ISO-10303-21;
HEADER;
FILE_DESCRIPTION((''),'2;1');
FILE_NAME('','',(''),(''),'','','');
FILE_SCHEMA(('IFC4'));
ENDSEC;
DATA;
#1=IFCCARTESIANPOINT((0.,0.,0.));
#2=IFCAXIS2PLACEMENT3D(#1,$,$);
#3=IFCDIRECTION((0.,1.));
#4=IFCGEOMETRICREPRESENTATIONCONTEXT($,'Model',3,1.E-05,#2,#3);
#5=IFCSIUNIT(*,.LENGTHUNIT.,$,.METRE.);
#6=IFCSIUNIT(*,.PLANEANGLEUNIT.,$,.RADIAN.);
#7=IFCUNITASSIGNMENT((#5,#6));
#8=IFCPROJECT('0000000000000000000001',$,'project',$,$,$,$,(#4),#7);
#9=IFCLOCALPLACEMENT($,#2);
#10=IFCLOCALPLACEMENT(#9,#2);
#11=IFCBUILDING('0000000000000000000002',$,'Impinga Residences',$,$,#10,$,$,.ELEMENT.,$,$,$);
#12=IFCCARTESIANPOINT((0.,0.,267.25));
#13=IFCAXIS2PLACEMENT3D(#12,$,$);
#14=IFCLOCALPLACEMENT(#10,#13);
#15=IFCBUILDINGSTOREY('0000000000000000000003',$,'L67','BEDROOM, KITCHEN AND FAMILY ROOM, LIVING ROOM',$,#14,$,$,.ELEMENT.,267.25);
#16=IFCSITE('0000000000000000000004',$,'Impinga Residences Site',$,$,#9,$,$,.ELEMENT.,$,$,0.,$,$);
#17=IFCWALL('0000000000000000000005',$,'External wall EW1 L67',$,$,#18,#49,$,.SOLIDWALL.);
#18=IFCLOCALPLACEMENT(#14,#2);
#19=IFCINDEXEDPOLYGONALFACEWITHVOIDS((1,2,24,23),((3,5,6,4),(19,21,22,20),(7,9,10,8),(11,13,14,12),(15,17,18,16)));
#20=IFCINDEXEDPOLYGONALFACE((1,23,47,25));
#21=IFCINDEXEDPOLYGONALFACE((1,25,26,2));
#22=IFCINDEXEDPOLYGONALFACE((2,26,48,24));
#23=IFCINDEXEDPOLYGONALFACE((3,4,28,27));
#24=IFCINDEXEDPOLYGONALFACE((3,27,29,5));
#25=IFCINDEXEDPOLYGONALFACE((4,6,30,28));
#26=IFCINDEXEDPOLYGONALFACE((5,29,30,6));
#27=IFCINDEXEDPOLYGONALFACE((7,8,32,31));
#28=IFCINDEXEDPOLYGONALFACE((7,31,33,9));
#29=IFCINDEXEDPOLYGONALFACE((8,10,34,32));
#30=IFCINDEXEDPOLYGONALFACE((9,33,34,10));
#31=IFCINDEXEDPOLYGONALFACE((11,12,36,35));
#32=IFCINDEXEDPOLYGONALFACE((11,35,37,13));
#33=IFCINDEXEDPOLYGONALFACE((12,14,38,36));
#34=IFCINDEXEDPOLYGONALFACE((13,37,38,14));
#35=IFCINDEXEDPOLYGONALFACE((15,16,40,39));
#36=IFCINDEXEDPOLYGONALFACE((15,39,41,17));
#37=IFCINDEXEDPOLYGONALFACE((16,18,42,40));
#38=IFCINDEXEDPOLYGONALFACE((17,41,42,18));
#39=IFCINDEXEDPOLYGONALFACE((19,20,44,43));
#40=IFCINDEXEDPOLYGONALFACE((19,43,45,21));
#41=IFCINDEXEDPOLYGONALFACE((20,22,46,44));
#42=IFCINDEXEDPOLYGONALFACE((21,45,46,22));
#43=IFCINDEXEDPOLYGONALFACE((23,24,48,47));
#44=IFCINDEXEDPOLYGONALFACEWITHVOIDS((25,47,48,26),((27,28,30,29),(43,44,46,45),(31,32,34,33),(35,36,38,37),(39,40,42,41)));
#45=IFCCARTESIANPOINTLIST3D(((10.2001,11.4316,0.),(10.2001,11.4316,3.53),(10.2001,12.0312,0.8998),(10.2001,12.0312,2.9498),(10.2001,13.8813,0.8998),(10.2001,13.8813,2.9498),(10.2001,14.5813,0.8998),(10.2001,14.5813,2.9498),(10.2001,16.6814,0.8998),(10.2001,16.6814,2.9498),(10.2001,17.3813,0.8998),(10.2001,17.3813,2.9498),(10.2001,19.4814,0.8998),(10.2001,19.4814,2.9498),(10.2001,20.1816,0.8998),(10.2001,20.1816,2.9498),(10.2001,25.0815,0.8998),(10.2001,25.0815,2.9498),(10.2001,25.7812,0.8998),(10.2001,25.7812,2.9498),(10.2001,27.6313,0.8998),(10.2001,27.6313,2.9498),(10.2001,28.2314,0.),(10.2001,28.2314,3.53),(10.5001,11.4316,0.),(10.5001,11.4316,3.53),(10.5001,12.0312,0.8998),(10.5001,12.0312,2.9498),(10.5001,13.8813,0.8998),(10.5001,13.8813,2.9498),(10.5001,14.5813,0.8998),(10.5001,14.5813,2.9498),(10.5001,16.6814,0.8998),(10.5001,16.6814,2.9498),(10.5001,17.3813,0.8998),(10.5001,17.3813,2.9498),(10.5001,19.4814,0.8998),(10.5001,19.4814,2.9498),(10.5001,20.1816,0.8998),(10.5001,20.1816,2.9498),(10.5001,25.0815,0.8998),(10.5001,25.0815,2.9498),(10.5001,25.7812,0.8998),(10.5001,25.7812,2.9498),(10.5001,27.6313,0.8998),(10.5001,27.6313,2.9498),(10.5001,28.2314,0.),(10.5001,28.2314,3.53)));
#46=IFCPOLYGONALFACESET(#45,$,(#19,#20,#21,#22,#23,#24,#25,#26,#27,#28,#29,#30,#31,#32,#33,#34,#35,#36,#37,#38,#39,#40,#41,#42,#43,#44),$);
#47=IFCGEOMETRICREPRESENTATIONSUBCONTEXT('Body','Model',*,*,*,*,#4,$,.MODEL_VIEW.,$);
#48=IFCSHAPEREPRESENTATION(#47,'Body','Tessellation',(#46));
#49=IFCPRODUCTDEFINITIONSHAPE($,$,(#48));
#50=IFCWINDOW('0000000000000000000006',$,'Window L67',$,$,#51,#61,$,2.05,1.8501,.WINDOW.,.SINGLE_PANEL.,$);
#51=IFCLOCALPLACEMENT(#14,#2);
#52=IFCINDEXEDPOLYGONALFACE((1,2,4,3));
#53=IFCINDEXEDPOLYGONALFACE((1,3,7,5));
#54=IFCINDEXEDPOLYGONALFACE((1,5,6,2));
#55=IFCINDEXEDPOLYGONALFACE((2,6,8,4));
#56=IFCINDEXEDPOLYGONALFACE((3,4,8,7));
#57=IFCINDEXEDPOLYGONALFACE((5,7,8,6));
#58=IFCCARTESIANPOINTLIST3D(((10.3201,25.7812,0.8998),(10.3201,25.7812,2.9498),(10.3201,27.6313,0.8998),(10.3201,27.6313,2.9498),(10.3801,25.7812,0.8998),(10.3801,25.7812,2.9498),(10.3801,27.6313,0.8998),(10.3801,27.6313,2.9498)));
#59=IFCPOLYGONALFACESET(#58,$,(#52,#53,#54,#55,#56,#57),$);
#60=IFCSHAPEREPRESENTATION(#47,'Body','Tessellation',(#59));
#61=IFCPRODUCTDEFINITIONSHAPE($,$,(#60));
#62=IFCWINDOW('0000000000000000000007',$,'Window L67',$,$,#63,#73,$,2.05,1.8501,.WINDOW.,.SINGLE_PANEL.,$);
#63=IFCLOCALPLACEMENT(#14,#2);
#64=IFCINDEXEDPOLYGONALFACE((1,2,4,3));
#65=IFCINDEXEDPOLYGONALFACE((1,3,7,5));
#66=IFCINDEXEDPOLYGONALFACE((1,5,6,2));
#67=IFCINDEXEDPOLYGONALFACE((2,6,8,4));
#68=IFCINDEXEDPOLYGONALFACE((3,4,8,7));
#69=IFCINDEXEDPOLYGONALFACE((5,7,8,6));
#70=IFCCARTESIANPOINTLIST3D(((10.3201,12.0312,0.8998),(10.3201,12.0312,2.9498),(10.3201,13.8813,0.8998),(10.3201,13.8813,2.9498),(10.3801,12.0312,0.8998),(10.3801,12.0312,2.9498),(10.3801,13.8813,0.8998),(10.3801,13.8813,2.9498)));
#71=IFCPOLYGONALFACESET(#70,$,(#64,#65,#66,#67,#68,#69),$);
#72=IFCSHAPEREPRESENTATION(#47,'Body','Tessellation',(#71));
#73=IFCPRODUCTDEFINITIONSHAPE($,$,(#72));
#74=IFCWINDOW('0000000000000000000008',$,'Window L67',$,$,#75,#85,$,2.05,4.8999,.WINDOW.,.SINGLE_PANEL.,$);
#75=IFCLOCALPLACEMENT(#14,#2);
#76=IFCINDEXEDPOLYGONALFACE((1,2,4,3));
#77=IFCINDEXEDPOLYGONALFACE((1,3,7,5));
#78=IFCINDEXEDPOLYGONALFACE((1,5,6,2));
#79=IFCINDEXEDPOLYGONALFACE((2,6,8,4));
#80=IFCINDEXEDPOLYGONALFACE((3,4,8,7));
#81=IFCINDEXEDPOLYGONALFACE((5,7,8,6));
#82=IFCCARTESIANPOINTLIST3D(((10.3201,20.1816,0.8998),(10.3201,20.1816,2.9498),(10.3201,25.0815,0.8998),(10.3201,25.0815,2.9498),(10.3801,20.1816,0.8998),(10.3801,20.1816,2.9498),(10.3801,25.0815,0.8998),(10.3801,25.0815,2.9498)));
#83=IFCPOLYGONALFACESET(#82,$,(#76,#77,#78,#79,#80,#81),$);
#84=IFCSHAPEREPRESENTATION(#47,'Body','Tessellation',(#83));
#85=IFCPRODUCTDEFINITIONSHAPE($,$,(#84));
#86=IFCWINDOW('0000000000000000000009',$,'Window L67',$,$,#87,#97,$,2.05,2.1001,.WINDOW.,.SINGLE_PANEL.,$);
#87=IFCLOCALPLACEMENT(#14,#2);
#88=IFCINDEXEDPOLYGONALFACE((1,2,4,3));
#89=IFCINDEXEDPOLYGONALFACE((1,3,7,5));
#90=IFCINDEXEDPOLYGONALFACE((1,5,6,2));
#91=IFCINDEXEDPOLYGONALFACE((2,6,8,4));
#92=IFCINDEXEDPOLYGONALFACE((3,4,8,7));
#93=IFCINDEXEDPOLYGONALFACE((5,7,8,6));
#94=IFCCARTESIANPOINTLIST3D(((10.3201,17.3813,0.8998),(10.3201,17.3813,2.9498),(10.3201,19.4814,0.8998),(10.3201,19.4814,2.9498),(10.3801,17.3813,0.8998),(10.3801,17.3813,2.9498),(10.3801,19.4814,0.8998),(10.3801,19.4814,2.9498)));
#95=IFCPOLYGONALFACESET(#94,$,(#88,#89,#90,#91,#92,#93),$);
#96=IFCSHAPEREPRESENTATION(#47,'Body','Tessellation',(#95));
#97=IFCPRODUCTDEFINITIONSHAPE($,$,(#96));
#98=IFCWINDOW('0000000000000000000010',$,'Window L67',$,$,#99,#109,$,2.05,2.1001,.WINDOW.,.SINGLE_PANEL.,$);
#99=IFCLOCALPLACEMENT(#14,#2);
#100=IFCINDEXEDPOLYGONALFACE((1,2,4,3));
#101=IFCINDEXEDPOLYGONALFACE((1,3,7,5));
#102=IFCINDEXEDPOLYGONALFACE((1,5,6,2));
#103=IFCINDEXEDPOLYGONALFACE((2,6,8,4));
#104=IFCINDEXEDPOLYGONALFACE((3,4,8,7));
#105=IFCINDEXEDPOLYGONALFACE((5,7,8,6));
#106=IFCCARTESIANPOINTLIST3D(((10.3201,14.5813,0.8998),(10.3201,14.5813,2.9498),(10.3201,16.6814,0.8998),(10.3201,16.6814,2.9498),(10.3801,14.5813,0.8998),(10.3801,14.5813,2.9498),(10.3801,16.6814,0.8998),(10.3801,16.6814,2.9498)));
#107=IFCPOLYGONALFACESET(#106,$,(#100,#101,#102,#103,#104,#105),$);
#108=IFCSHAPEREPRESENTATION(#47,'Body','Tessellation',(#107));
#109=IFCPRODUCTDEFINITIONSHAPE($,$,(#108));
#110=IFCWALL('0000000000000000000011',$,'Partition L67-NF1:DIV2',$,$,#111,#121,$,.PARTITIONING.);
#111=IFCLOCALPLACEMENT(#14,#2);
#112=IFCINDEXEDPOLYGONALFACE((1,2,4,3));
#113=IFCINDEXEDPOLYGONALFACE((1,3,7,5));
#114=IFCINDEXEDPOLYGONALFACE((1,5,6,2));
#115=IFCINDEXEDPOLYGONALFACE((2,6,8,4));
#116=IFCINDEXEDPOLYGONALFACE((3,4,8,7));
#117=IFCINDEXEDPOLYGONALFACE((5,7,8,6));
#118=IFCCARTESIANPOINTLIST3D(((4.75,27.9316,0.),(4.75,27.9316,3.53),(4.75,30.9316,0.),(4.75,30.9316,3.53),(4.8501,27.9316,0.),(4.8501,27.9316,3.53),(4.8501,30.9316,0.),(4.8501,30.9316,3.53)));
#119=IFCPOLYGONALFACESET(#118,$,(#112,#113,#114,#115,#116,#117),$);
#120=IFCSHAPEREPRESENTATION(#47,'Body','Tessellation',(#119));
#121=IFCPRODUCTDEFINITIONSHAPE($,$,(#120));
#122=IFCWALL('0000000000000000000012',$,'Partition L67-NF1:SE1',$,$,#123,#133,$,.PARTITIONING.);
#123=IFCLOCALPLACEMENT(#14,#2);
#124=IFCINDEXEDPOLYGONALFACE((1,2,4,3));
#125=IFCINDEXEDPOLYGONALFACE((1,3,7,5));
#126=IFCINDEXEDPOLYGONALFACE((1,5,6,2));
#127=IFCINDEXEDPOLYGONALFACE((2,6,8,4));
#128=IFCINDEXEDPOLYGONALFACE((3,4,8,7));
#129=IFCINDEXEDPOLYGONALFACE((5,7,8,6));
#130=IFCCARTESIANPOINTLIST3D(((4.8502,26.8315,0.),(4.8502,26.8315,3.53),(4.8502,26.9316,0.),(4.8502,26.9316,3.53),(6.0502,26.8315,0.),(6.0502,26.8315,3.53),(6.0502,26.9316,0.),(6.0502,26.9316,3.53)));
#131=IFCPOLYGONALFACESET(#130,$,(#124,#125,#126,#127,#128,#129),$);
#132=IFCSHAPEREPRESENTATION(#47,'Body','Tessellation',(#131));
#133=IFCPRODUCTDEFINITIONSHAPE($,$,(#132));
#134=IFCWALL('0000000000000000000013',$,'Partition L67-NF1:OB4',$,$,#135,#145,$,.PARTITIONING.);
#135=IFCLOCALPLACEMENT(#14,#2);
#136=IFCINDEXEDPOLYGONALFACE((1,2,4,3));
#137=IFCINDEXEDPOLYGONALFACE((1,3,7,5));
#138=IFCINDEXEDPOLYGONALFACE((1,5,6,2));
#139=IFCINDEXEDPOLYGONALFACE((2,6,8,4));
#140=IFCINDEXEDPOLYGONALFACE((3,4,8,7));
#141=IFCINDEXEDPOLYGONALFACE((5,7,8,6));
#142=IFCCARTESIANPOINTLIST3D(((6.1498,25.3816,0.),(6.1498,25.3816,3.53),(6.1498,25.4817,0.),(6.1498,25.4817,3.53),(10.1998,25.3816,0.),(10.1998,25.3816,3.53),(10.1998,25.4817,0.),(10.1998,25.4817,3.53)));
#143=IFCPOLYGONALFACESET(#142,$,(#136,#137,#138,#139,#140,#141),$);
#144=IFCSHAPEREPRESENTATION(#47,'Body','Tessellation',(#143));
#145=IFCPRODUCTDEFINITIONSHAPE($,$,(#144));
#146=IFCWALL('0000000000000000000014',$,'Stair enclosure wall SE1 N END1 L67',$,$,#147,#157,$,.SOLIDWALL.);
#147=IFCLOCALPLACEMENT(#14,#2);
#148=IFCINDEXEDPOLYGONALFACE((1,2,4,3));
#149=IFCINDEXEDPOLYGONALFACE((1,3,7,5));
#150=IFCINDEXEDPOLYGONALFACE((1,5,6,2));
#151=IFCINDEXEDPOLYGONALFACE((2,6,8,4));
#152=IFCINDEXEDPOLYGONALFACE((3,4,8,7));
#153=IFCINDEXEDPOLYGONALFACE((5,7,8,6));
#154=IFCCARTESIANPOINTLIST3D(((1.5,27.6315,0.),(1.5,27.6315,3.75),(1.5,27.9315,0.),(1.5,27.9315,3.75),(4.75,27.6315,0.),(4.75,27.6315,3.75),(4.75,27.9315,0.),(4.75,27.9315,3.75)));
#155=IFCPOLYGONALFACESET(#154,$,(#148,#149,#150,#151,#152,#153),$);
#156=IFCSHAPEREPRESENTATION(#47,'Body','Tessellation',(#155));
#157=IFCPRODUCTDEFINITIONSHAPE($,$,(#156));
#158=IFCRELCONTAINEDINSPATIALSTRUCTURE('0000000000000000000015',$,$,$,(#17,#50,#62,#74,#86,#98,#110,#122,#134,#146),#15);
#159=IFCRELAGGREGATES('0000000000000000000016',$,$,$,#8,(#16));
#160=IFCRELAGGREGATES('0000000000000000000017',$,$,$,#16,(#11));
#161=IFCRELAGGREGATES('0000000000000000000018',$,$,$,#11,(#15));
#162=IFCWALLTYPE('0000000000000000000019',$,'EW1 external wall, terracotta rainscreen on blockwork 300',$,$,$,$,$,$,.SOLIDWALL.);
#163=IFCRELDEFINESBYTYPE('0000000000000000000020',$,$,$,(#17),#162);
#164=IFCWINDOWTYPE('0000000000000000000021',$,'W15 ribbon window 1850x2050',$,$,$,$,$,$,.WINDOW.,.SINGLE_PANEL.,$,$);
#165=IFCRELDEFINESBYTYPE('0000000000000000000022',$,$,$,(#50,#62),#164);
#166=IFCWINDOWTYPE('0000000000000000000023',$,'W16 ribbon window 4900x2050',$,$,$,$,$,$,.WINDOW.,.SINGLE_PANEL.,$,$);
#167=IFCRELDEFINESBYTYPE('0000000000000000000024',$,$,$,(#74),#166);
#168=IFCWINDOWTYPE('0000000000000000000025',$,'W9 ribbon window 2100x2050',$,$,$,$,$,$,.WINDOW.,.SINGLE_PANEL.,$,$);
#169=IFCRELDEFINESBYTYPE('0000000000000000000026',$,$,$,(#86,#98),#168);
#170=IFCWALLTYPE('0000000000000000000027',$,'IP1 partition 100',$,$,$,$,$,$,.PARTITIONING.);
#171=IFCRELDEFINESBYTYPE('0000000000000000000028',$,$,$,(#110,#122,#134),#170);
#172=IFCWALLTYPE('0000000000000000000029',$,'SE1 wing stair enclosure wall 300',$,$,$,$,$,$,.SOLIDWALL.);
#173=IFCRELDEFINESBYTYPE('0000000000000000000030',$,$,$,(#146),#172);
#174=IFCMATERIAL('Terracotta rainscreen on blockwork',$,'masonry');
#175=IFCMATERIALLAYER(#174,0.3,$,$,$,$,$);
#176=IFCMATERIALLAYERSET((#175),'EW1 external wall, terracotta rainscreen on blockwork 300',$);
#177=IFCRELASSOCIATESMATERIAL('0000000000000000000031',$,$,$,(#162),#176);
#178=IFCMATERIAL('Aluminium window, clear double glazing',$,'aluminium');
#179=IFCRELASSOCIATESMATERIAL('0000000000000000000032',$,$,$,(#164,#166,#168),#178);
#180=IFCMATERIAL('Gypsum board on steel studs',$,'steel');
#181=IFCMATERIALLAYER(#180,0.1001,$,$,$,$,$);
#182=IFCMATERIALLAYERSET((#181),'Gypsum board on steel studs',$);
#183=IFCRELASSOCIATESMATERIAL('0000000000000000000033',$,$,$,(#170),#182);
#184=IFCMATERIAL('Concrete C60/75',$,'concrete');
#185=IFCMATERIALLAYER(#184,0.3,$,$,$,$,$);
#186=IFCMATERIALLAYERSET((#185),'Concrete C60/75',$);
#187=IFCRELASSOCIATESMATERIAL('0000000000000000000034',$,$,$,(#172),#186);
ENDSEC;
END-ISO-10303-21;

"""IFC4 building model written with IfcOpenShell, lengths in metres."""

from ifc_helpers import new_model, si_unit, direction, frame, frame_2d, origin, place, context, subcontext, project, spatial, rectangle, extrude, material, layer, layer_set, type_object, element, fill, save


model = new_model("IFC4")

# Units and contexts
model_context = context("Model", 3, precision=1e-05, world=origin(), true_north=direction((0.0, 1.0)))
body_context = subcontext(model_context, "Body", "Model", "MODEL_VIEW")
ifc_project = project(units=[si_unit("LENGTHUNIT", "METRE"), si_unit("PLANEANGLEUNIT", "RADIAN")], contexts=[model_context])

# Site, building, storey
site_placement = place(None, origin())
site = spatial("IfcSite", under=ifc_project, at=site_placement, Name="Impinga Residences Site", CompositionType="ELEMENT", RefElevation=0.0)
building_placement = place(site_placement, origin())
building = spatial("IfcBuilding", under=site, at=building_placement, Name="Impinga Residences", CompositionType="ELEMENT")
storey_placement = place(building_placement, frame((0.0, 0.0, 267.25)))
storey = spatial("IfcBuildingStorey", under=building, at=storey_placement, Name="L67", Description="BEDROOM, KITCHEN AND FAMILY ROOM, LIVING ROOM", CompositionType="ELEMENT", Elevation=267.25)

# Shared definitions
ifc_material_1 = material(Name="Concrete C60/75", Category="concrete")

# Shared definitions
ifc_material_2 = material(Name="Terracotta rainscreen on blockwork", Category="masonry")
ifc_layer_1 = layer(ifc_material_2, 0.3)
ifc_layer_set_1 = layer_set([ifc_layer_1], Name="EW1 external wall, terracotta rainscreen on blockwork 300")
wall_type_1 = type_object("IfcWallType", Name="EW1 external wall, terracotta rainscreen on blockwork 300", PredefinedType="SOLIDWALL", material=ifc_layer_set_1)

# Wall, openings, windows
wall_1_placement = place(storey_placement, frame((10.3501, 28.2314, 0.0), z_axis=(0.0, 0.0, 1.0), x_axis=(0.0, -1.0, 0.0)))
wall_1 = element("IfcWall", 1, at=wall_1_placement, inside=storey, type_object=wall_type_1, Name="External wall EW1 L67", PredefinedType="SOLIDWALL", context=body_context, shape_type="SweptSolid", body=[
    extrude(rectangle(XDim=16.7998, YDim=0.3, at=frame_2d((8.3999, 0.0))), origin(), (0.0, 0.0, 1.0), 3.53),
])
opening_1_placement = place(wall_1_placement, frame((0.6001, 0.0, 0.8999)))
opening_1 = element("IfcOpeningElement", 2, at=opening_1_placement, cuts=wall_1, PredefinedType="OPENING", context=body_context, shape_type="SweptSolid", body=[
    extrude(rectangle(XDim=1.8501, YDim=2.05, at=frame_2d((0.925, 1.0249))), frame((0.0, 0.1599, 0.0), z_axis=(0.0, -1.0, 0.0), x_axis=(1.0, 0.0, 0.0)), (0.0, 0.0, 1.0), 0.3201),
])
opening_2_placement = place(wall_1_placement, frame((3.1499, 0.0, 0.8999)))
opening_2 = element("IfcOpeningElement", 3, at=opening_2_placement, cuts=wall_1, PredefinedType="OPENING", context=body_context, shape_type="SweptSolid", body=[
    extrude(rectangle(XDim=4.8999, YDim=2.05, at=frame_2d((2.45, 1.0249))), frame((0.0, 0.1599, 0.0), z_axis=(0.0, -1.0, 0.0), x_axis=(1.0, 0.0, 0.0)), (0.0, 0.0, 1.0), 0.3201),
])
opening_3_placement = place(wall_1_placement, frame((8.75, 0.0, 0.8999)))
opening_3 = element("IfcOpeningElement", 4, at=opening_3_placement, cuts=wall_1, PredefinedType="OPENING", context=body_context, shape_type="SweptSolid", body=[
    extrude(rectangle(XDim=2.1001, YDim=2.05, at=frame_2d((1.05, 1.0249))), frame((0.0, 0.1599, 0.0), z_axis=(0.0, -1.0, 0.0), x_axis=(1.0, 0.0, 0.0)), (0.0, 0.0, 1.0), 0.3201),
])
opening_4_placement = place(wall_1_placement, frame((11.55, 0.0, 0.8999)))
opening_4 = element("IfcOpeningElement", 5, at=opening_4_placement, cuts=wall_1, PredefinedType="OPENING", context=body_context, shape_type="SweptSolid", body=[
    extrude(rectangle(XDim=2.1001, YDim=2.05, at=frame_2d((1.05, 1.0249))), frame((0.0, 0.1599, 0.0), z_axis=(0.0, -1.0, 0.0), x_axis=(1.0, 0.0, 0.0)), (0.0, 0.0, 1.0), 0.3201),
])
opening_5_placement = place(wall_1_placement, frame((14.3501, 0.0, 0.8999)))
opening_5 = element("IfcOpeningElement", 6, at=opening_5_placement, cuts=wall_1, PredefinedType="OPENING", context=body_context, shape_type="SweptSolid", body=[
    extrude(rectangle(XDim=1.8501, YDim=2.05, at=frame_2d((0.925, 1.0249))), frame((0.0, 0.1599, 0.0), z_axis=(0.0, -1.0, 0.0), x_axis=(1.0, 0.0, 0.0)), (0.0, 0.0, 1.0), 0.3201),
])
ifc_material_3 = material(Name="Aluminium window, clear double glazing", Category="aluminium")
window_type_1 = type_object("IfcWindowType", Name="W15 ribbon window 1850x2050", PartitioningType="SINGLE_PANEL", PredefinedType="WINDOW", material=ifc_material_3)
window_1_placement = place(opening_1_placement, origin())
window_1 = element("IfcWindow", 7, at=window_1_placement, inside=storey, type_object=window_type_1, Name="Window L67", OverallHeight=2.05, OverallWidth=1.8501, PartitioningType="SINGLE_PANEL", PredefinedType="WINDOW", context=body_context, shape_type="SweptSolid", body=[
    extrude(rectangle(XDim=1.8501, YDim=2.05, at=frame_2d((0.925, 1.0249))), frame((0.0, 0.03, 0.0), z_axis=(0.0, -1.0, 0.0), x_axis=(1.0, 0.0, 0.0)), (0.0, 0.0, 1.0), 0.0601),
])
fill(opening_1, window_1)
window_2_placement = place(opening_5_placement, origin())
window_2 = element("IfcWindow", 8, at=window_2_placement, inside=storey, type_object=window_type_1, Name="Window L67", OverallHeight=2.05, OverallWidth=1.8501, PartitioningType="SINGLE_PANEL", PredefinedType="WINDOW", context=body_context, shape_type="SweptSolid", body=[
    extrude(rectangle(XDim=1.8501, YDim=2.05, at=frame_2d((0.925, 1.0249))), frame((0.0, 0.03, 0.0), z_axis=(0.0, -1.0, 0.0), x_axis=(1.0, 0.0, 0.0)), (0.0, 0.0, 1.0), 0.0601),
])
fill(opening_5, window_2)
window_type_2 = type_object("IfcWindowType", Name="W16 ribbon window 4900x2050", PartitioningType="SINGLE_PANEL", PredefinedType="WINDOW", material=ifc_material_3)
window_3_placement = place(opening_2_placement, origin())
window_3 = element("IfcWindow", 9, at=window_3_placement, inside=storey, type_object=window_type_2, Name="Window L67", OverallHeight=2.05, OverallWidth=4.8999, PartitioningType="SINGLE_PANEL", PredefinedType="WINDOW", context=body_context, shape_type="SweptSolid", body=[
    extrude(rectangle(XDim=4.8999, YDim=2.05, at=frame_2d((2.45, 1.0249))), frame((0.0, 0.03, 0.0), z_axis=(0.0, -1.0, 0.0), x_axis=(1.0, 0.0, 0.0)), (0.0, 0.0, 1.0), 0.0601),
])
fill(opening_2, window_3)
window_type_3 = type_object("IfcWindowType", Name="W9 ribbon window 2100x2050", PartitioningType="SINGLE_PANEL", PredefinedType="WINDOW", material=ifc_material_3)
window_4_placement = place(opening_3_placement, origin())
window_4 = element("IfcWindow", 10, at=window_4_placement, inside=storey, type_object=window_type_3, Name="Window L67", OverallHeight=2.05, OverallWidth=2.1001, PartitioningType="SINGLE_PANEL", PredefinedType="WINDOW", context=body_context, shape_type="SweptSolid", body=[
    extrude(rectangle(XDim=2.1001, YDim=2.05, at=frame_2d((1.05, 1.0249))), frame((0.0, 0.03, 0.0), z_axis=(0.0, -1.0, 0.0), x_axis=(1.0, 0.0, 0.0)), (0.0, 0.0, 1.0), 0.0601),
])
fill(opening_3, window_4)
window_5_placement = place(opening_4_placement, origin())
window_5 = element("IfcWindow", 11, at=window_5_placement, inside=storey, type_object=window_type_3, Name="Window L67", OverallHeight=2.05, OverallWidth=2.1001, PartitioningType="SINGLE_PANEL", PredefinedType="WINDOW", context=body_context, shape_type="SweptSolid", body=[
    extrude(rectangle(XDim=2.1001, YDim=2.05, at=frame_2d((1.05, 1.0249))), frame((0.0, 0.03, 0.0), z_axis=(0.0, -1.0, 0.0), x_axis=(1.0, 0.0, 0.0)), (0.0, 0.0, 1.0), 0.0601),
])
fill(opening_4, window_5)

# Walls
ifc_material_4 = material(Name="Gypsum board on steel studs", Category="steel")
ifc_layer_2 = layer(ifc_material_4, 0.1001)
ifc_layer_set_2 = layer_set([ifc_layer_2], Name="Gypsum board on steel studs")
wall_type_2 = type_object("IfcWallType", Name="IP1 partition 100", PredefinedType="PARTITIONING", material=ifc_layer_set_2)
wall_2_placement = place(storey_placement, frame((4.8, 27.9316, 0.0), z_axis=(0.0, 0.0, 1.0), x_axis=(0.0, 1.0, 0.0)))
element("IfcWall", 12, at=wall_2_placement, inside=storey, type_object=wall_type_2, Name="Partition L67-NF1:DIV2", PredefinedType="PARTITIONING", context=body_context, shape_type="SweptSolid", body=[
    extrude(rectangle(XDim=3.0, YDim=0.1001, at=frame_2d((1.5, 0.0))), origin(), (0.0, 0.0, 1.0), 3.53),
])
wall_3_placement = place(storey_placement, frame((4.8501, 26.8816, 0.0), z_axis=(0.0, 0.0, 1.0), x_axis=(1.0, 0.0, 0.0)))
element("IfcWall", 13, at=wall_3_placement, inside=storey, type_object=wall_type_2, Name="Partition L67-NF1:SE1", PredefinedType="PARTITIONING", context=body_context, shape_type="SweptSolid", body=[
    extrude(rectangle(XDim=1.2, YDim=0.1001, at=frame_2d((0.6001, 0.0))), origin(), (0.0, 0.0, 1.0), 3.53),
])
wall_4_placement = place(storey_placement, frame((6.1499, 25.4316, 0.0), z_axis=(0.0, 0.0, 1.0), x_axis=(1.0, 0.0, 0.0)))
element("IfcWall", 14, at=wall_4_placement, inside=storey, type_object=wall_type_2, Name="Partition L67-NF1:OB4", PredefinedType="PARTITIONING", context=body_context, shape_type="SweptSolid", body=[
    extrude(rectangle(XDim=4.05, YDim=0.1001, at=frame_2d((2.0249, 0.0))), origin(), (0.0, 0.0, 1.0), 3.53),
])
ifc_layer_3 = layer(ifc_material_1, 0.3)
ifc_layer_set_3 = layer_set([ifc_layer_3], Name="Concrete C60/75")
wall_type_3 = type_object("IfcWallType", Name="SE1 wing stair enclosure wall 300", PredefinedType="SOLIDWALL", material=ifc_layer_set_3)
wall_5_placement = place(storey_placement, frame((1.5, 27.7815, 0.0), z_axis=(0.0, 0.0, 1.0), x_axis=(1.0, 0.0, 0.0)))
element("IfcWall", 15, at=wall_5_placement, inside=storey, type_object=wall_type_3, Name="Stair enclosure wall SE1 N END1 L67", PredefinedType="SOLIDWALL", context=body_context, shape_type="SweptSolid", body=[
    extrude(rectangle(XDim=3.25, YDim=0.3, at=frame_2d((1.625, 0.0))), origin(), (0.0, 0.0, 1.0), 3.75),
])

save(model, "model.ifc")
